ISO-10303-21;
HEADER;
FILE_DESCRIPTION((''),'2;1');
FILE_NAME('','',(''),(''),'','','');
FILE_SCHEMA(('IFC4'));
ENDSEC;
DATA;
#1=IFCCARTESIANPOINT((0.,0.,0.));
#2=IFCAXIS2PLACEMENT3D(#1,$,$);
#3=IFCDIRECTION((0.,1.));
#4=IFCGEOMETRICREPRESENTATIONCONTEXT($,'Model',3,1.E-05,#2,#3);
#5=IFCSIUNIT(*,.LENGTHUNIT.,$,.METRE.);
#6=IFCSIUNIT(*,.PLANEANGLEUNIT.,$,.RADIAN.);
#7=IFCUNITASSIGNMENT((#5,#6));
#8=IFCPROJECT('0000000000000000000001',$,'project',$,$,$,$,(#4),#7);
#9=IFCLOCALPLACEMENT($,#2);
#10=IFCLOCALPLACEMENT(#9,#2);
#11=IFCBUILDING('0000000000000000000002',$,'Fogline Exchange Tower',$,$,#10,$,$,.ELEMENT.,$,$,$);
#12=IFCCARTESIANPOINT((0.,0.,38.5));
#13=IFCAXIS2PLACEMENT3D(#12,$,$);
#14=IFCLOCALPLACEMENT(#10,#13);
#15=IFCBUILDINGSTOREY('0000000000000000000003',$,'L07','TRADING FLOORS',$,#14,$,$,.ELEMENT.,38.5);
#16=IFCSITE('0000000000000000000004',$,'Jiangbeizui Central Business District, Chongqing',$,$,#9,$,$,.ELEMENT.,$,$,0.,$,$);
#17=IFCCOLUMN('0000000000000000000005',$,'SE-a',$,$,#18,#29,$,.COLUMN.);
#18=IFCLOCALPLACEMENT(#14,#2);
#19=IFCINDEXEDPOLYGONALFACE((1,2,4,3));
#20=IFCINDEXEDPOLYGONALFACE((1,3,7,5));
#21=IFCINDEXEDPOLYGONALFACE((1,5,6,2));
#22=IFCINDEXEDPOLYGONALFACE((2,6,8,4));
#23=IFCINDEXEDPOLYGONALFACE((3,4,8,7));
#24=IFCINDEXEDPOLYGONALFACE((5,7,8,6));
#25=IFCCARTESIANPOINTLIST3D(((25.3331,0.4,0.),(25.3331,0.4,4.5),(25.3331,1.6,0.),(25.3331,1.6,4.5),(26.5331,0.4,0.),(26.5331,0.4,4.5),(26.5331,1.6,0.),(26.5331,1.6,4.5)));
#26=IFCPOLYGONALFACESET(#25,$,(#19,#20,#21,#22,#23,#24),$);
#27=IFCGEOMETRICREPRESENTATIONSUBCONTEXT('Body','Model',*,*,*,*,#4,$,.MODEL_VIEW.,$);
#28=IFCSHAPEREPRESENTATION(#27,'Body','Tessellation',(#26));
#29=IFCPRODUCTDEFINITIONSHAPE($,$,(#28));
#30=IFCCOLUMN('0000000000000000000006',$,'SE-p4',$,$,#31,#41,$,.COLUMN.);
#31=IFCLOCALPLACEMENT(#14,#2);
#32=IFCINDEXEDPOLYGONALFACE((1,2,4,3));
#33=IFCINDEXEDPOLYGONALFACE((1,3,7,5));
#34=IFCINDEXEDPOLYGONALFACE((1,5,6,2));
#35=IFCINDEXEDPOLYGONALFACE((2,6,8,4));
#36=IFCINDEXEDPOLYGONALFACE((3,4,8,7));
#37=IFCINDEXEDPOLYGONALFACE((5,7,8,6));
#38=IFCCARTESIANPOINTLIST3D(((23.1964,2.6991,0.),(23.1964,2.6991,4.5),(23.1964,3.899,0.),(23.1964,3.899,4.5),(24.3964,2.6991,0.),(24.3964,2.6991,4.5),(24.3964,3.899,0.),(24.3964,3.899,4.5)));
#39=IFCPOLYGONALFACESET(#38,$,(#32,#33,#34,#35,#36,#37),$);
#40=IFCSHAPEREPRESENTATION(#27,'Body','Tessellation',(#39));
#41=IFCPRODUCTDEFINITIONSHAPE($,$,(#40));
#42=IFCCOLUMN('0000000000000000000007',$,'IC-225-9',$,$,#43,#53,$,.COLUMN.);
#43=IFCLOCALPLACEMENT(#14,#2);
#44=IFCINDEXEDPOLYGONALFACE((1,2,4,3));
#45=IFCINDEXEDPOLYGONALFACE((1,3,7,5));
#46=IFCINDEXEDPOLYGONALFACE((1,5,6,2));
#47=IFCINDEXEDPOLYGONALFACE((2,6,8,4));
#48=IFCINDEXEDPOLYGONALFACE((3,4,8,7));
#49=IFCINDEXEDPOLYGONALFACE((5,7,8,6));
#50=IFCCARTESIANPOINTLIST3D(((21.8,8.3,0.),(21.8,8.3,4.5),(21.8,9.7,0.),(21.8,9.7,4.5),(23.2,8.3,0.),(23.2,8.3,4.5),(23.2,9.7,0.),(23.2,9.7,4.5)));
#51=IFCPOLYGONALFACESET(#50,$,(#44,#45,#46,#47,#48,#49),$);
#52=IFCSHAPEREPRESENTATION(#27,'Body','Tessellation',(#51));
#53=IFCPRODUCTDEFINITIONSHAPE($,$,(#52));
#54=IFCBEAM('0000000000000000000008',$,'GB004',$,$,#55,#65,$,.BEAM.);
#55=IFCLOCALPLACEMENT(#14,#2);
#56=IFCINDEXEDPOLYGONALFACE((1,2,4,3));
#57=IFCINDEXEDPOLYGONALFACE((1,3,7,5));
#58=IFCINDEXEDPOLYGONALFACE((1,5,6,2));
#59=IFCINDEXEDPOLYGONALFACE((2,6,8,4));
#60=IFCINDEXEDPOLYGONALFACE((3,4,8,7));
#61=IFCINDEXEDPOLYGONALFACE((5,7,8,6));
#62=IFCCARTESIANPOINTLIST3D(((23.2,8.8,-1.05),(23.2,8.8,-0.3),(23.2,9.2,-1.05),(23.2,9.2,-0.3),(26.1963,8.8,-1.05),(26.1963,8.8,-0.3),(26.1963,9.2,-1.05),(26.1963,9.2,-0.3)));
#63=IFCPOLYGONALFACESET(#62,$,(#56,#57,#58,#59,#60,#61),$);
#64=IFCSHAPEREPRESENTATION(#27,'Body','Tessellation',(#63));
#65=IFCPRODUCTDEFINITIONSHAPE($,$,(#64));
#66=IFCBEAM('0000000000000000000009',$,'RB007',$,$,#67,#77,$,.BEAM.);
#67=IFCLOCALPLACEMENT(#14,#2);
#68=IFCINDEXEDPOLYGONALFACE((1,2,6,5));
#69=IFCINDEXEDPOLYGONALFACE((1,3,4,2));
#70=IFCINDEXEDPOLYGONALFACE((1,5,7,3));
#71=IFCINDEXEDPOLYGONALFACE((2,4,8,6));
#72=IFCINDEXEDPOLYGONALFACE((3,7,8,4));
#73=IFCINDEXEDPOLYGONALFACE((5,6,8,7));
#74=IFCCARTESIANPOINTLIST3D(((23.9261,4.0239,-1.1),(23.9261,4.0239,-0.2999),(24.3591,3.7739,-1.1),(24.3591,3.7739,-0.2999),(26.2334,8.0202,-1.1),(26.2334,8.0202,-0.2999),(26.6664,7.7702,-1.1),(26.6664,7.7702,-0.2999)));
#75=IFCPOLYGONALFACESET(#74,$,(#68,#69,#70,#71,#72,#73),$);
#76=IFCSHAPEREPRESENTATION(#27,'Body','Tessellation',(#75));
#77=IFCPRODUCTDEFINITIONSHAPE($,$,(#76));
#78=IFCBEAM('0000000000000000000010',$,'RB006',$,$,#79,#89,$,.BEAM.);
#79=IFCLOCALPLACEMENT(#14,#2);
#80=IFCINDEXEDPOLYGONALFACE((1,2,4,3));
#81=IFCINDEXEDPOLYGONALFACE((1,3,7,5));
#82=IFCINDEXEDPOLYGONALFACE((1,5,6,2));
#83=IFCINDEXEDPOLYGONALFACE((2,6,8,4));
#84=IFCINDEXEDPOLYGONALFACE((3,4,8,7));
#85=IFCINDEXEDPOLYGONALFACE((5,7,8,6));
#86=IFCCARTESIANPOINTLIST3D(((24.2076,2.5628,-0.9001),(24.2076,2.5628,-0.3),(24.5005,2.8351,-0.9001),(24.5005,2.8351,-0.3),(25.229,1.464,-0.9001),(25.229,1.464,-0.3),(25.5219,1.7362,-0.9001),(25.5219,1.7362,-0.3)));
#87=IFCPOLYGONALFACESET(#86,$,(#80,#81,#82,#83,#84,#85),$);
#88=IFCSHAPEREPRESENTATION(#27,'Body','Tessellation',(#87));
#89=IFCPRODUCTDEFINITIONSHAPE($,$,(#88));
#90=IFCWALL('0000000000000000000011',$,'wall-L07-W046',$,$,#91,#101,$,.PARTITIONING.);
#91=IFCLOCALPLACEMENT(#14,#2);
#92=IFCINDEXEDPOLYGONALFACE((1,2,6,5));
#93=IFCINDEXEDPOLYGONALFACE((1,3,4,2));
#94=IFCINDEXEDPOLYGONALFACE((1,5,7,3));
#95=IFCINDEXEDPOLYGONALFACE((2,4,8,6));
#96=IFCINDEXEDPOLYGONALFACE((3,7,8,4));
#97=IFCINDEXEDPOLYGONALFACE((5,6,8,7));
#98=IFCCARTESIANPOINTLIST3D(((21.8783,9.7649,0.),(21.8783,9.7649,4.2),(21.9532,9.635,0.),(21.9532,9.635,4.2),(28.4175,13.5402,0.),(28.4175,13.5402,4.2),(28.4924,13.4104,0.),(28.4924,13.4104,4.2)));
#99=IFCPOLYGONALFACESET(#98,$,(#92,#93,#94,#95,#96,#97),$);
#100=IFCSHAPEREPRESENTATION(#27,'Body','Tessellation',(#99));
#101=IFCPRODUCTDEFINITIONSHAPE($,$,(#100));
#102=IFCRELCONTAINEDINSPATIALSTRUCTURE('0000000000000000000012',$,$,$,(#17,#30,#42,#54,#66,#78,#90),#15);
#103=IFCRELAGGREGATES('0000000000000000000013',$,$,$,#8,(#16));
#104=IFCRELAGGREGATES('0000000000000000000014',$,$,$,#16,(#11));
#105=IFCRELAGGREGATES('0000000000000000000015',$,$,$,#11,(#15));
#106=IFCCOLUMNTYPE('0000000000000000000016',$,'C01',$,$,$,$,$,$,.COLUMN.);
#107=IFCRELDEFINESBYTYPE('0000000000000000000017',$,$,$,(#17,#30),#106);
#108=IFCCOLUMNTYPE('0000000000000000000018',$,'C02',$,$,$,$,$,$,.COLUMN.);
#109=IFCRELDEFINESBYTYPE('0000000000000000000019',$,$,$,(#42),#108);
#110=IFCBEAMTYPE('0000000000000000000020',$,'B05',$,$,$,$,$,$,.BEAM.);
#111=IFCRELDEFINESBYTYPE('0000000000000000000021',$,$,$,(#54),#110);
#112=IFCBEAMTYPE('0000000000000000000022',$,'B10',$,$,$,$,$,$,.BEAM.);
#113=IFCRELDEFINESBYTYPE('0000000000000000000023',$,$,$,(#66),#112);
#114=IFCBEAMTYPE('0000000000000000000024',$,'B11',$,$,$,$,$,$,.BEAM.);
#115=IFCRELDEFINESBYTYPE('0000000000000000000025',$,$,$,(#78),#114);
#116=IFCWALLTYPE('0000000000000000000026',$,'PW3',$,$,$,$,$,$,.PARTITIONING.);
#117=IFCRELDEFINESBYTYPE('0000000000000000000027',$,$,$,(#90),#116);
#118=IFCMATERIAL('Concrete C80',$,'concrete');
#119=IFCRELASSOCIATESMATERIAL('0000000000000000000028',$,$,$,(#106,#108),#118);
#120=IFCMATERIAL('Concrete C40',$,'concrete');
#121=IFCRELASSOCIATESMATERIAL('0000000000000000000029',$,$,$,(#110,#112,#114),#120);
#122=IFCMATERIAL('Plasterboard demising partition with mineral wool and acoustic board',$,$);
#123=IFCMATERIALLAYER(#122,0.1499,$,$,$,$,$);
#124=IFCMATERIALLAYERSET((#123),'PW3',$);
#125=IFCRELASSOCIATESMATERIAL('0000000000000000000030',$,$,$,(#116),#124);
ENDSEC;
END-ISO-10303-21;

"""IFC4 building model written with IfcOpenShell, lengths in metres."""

from ifc_helpers import new_model, si_unit, direction, frame, frame_2d, origin, origin_2d, place, context, subcontext, project, spatial, rectangle, extrude, material, layer, layer_set, material_profile, profile_set, type_object, element, save


model = new_model("IFC4")

# Units and contexts
model_context = context("Model", 3, precision=1e-05, world=origin(), true_north=direction((0.0, 1.0)))
body_context = subcontext(model_context, "Body", "Model", "MODEL_VIEW")
ifc_project = project(units=[si_unit("LENGTHUNIT", "METRE"), si_unit("PLANEANGLEUNIT", "RADIAN")], contexts=[model_context])

# Site, building, storey
site_placement = place(None, origin())
site = spatial("IfcSite", under=ifc_project, at=site_placement, Name="Jiangbeizui Central Business District, Chongqing", CompositionType="ELEMENT", RefElevation=0.0)
building_placement = place(site_placement, origin())
building = spatial("IfcBuilding", under=site, at=building_placement, Name="Fogline Exchange Tower", CompositionType="ELEMENT")
storey_placement = place(building_placement, frame((0.0, 0.0, 38.5)))
storey = spatial("IfcBuildingStorey", under=building, at=storey_placement, Name="L07", Description="TRADING FLOORS", CompositionType="ELEMENT", Elevation=38.5)

# Columns
ifc_material_1 = material(Name="Concrete C80", Category="concrete")
ifc_material_profile_1 = material_profile(ifc_material_1, rectangle(XDim=1.2, YDim=1.2, at=origin_2d()), Name="RC 1200x1200")
ifc_profile_set_1 = profile_set([ifc_material_profile_1], Name="Concrete C80")
column_type_1 = type_object("IfcColumnType", Name="C01", PredefinedType="COLUMN", material=ifc_profile_set_1)
for number, where, z_axis, x_axis, name in (
    (1, (25.9331, 1.0, 0.0), (0.0, 0.0, 1.0), (1.0, 0.0, 0.0), "SE-a"),
    (2, (23.7964, 3.2991, 0.0), (0.0, 0.0, 1.0), (1.0, 0.0, 0.0), "SE-p4"),
):
    element("IfcColumn", number, at=place(storey_placement, frame(where, z_axis=z_axis, x_axis=x_axis)), inside=storey, type_object=column_type_1, Name=name, PredefinedType="COLUMN", context=body_context, shape_type="SweptSolid", body=[
        extrude(rectangle(XDim=1.2, YDim=1.2, at=origin_2d()), origin(), (0.0, 0.0, 1.0), 4.5),
    ])
ifc_material_profile_2 = material_profile(ifc_material_1, rectangle(XDim=1.3999, YDim=1.3999, at=origin_2d()), Name="RC 1400x1400")
ifc_profile_set_2 = profile_set([ifc_material_profile_2], Name="Concrete C80")
column_type_2 = type_object("IfcColumnType", Name="C02", PredefinedType="COLUMN", material=ifc_profile_set_2)
column_placement = place(storey_placement, frame((22.5, 9.0, 0.0), z_axis=(0.0, 0.0, 1.0), x_axis=(1.0, 0.0, 0.0)))
element("IfcColumn", 3, at=column_placement, inside=storey, type_object=column_type_2, Name="IC-225-9", PredefinedType="COLUMN", context=body_context, shape_type="SweptSolid", body=[
    extrude(rectangle(XDim=1.3999, YDim=1.3999, at=origin_2d()), origin(), (0.0, 0.0, 1.0), 4.5),
])

# Beams
ifc_material_2 = material(Name="Concrete C40", Category="concrete")
ifc_material_profile_3 = material_profile(ifc_material_2, rectangle(XDim=0.3999, YDim=0.75, at=origin_2d()), Name="RC 400x750")
ifc_profile_set_3 = profile_set([ifc_material_profile_3], Name="Concrete C40")
beam_type_1 = type_object("IfcBeamType", Name="B05", PredefinedType="BEAM", material=ifc_profile_set_3)
beam_1_placement = place(storey_placement, frame((23.2, 9.0, -0.675), z_axis=(1.0, 0.0, 0.0), x_axis=(0.0, 1.0, 0.0)))
element("IfcBeam", 4, at=beam_1_placement, inside=storey, type_object=beam_type_1, Name="GB004", PredefinedType="BEAM", context=body_context, shape_type="SweptSolid", body=[
    extrude(rectangle(XDim=0.3999, YDim=0.75, at=origin_2d()), origin(), (0.0, 0.0, 1.0), 2.9963),
])
ifc_material_profile_4 = material_profile(ifc_material_2, rectangle(XDim=0.5, YDim=0.8, at=origin_2d()), Name="RC 500x800")
ifc_profile_set_4 = profile_set([ifc_material_profile_4], Name="Concrete C40")
beam_type_2 = type_object("IfcBeamType", Name="B10", PredefinedType="BEAM", material=ifc_profile_set_4)
beam_2_placement = place(storey_placement, frame((24.1426, 3.8989, -0.7), z_axis=(0.500014, 0.866017, 0.0), x_axis=(-0.866017, 0.500014, 0.0)))
element("IfcBeam", 5, at=beam_2_placement, inside=storey, type_object=beam_type_2, Name="RB007", PredefinedType="BEAM", context=body_context, shape_type="SweptSolid", body=[
    extrude(rectangle(XDim=0.5, YDim=0.8, at=origin_2d()), origin(), (0.0, 0.0, 1.0), 4.6145),
])
ifc_material_profile_5 = material_profile(ifc_material_2, rectangle(XDim=0.3999, YDim=0.6001, at=origin_2d()), Name="RC 400x600")
ifc_profile_set_5 = profile_set([ifc_material_profile_5], Name="Concrete C40")
beam_type_3 = type_object("IfcBeamType", Name="B11", PredefinedType="BEAM", material=ifc_profile_set_5)
beam_3_placement = place(storey_placement, frame((25.3755, 1.6001, -0.6001), z_axis=(-0.680844, 0.732428, 0.0), x_axis=(-0.732428, -0.680844, 0.0)))
element("IfcBeam", 6, at=beam_3_placement, inside=storey, type_object=beam_type_3, Name="RB006", PredefinedType="BEAM", context=body_context, shape_type="SweptSolid", body=[
    extrude(rectangle(XDim=0.3999, YDim=0.6001, at=origin_2d()), origin(), (0.0, 0.0, 1.0), 1.5002),
])

# Wall
ifc_material_3 = material(Name="Plasterboard demising partition with mineral wool and acoustic board")
ifc_layer_1 = layer(ifc_material_3, 0.1499)
ifc_layer_set_1 = layer_set([ifc_layer_1], Name="PW3")
wall_type_1 = type_object("IfcWallType", Name="PW3", PredefinedType="PARTITIONING", material=ifc_layer_set_1)
wall_1_placement = place(storey_placement, frame((21.9158, 9.7, 0.0), z_axis=(0.0, 0.0, 1.0), x_axis=(0.86603, 0.499992, 0.0)))
element("IfcWall", 7, at=wall_1_placement, inside=storey, type_object=wall_type_1, Name="wall-L07-W046", PredefinedType="PARTITIONING", context=body_context, shape_type="SweptSolid", body=[
    extrude(rectangle(XDim=7.5508, YDim=0.1499, at=frame_2d((3.7754, 0.0))), origin(), (0.0, 0.0, 1.0), 4.2),
])

save(model, "model.ifc")
